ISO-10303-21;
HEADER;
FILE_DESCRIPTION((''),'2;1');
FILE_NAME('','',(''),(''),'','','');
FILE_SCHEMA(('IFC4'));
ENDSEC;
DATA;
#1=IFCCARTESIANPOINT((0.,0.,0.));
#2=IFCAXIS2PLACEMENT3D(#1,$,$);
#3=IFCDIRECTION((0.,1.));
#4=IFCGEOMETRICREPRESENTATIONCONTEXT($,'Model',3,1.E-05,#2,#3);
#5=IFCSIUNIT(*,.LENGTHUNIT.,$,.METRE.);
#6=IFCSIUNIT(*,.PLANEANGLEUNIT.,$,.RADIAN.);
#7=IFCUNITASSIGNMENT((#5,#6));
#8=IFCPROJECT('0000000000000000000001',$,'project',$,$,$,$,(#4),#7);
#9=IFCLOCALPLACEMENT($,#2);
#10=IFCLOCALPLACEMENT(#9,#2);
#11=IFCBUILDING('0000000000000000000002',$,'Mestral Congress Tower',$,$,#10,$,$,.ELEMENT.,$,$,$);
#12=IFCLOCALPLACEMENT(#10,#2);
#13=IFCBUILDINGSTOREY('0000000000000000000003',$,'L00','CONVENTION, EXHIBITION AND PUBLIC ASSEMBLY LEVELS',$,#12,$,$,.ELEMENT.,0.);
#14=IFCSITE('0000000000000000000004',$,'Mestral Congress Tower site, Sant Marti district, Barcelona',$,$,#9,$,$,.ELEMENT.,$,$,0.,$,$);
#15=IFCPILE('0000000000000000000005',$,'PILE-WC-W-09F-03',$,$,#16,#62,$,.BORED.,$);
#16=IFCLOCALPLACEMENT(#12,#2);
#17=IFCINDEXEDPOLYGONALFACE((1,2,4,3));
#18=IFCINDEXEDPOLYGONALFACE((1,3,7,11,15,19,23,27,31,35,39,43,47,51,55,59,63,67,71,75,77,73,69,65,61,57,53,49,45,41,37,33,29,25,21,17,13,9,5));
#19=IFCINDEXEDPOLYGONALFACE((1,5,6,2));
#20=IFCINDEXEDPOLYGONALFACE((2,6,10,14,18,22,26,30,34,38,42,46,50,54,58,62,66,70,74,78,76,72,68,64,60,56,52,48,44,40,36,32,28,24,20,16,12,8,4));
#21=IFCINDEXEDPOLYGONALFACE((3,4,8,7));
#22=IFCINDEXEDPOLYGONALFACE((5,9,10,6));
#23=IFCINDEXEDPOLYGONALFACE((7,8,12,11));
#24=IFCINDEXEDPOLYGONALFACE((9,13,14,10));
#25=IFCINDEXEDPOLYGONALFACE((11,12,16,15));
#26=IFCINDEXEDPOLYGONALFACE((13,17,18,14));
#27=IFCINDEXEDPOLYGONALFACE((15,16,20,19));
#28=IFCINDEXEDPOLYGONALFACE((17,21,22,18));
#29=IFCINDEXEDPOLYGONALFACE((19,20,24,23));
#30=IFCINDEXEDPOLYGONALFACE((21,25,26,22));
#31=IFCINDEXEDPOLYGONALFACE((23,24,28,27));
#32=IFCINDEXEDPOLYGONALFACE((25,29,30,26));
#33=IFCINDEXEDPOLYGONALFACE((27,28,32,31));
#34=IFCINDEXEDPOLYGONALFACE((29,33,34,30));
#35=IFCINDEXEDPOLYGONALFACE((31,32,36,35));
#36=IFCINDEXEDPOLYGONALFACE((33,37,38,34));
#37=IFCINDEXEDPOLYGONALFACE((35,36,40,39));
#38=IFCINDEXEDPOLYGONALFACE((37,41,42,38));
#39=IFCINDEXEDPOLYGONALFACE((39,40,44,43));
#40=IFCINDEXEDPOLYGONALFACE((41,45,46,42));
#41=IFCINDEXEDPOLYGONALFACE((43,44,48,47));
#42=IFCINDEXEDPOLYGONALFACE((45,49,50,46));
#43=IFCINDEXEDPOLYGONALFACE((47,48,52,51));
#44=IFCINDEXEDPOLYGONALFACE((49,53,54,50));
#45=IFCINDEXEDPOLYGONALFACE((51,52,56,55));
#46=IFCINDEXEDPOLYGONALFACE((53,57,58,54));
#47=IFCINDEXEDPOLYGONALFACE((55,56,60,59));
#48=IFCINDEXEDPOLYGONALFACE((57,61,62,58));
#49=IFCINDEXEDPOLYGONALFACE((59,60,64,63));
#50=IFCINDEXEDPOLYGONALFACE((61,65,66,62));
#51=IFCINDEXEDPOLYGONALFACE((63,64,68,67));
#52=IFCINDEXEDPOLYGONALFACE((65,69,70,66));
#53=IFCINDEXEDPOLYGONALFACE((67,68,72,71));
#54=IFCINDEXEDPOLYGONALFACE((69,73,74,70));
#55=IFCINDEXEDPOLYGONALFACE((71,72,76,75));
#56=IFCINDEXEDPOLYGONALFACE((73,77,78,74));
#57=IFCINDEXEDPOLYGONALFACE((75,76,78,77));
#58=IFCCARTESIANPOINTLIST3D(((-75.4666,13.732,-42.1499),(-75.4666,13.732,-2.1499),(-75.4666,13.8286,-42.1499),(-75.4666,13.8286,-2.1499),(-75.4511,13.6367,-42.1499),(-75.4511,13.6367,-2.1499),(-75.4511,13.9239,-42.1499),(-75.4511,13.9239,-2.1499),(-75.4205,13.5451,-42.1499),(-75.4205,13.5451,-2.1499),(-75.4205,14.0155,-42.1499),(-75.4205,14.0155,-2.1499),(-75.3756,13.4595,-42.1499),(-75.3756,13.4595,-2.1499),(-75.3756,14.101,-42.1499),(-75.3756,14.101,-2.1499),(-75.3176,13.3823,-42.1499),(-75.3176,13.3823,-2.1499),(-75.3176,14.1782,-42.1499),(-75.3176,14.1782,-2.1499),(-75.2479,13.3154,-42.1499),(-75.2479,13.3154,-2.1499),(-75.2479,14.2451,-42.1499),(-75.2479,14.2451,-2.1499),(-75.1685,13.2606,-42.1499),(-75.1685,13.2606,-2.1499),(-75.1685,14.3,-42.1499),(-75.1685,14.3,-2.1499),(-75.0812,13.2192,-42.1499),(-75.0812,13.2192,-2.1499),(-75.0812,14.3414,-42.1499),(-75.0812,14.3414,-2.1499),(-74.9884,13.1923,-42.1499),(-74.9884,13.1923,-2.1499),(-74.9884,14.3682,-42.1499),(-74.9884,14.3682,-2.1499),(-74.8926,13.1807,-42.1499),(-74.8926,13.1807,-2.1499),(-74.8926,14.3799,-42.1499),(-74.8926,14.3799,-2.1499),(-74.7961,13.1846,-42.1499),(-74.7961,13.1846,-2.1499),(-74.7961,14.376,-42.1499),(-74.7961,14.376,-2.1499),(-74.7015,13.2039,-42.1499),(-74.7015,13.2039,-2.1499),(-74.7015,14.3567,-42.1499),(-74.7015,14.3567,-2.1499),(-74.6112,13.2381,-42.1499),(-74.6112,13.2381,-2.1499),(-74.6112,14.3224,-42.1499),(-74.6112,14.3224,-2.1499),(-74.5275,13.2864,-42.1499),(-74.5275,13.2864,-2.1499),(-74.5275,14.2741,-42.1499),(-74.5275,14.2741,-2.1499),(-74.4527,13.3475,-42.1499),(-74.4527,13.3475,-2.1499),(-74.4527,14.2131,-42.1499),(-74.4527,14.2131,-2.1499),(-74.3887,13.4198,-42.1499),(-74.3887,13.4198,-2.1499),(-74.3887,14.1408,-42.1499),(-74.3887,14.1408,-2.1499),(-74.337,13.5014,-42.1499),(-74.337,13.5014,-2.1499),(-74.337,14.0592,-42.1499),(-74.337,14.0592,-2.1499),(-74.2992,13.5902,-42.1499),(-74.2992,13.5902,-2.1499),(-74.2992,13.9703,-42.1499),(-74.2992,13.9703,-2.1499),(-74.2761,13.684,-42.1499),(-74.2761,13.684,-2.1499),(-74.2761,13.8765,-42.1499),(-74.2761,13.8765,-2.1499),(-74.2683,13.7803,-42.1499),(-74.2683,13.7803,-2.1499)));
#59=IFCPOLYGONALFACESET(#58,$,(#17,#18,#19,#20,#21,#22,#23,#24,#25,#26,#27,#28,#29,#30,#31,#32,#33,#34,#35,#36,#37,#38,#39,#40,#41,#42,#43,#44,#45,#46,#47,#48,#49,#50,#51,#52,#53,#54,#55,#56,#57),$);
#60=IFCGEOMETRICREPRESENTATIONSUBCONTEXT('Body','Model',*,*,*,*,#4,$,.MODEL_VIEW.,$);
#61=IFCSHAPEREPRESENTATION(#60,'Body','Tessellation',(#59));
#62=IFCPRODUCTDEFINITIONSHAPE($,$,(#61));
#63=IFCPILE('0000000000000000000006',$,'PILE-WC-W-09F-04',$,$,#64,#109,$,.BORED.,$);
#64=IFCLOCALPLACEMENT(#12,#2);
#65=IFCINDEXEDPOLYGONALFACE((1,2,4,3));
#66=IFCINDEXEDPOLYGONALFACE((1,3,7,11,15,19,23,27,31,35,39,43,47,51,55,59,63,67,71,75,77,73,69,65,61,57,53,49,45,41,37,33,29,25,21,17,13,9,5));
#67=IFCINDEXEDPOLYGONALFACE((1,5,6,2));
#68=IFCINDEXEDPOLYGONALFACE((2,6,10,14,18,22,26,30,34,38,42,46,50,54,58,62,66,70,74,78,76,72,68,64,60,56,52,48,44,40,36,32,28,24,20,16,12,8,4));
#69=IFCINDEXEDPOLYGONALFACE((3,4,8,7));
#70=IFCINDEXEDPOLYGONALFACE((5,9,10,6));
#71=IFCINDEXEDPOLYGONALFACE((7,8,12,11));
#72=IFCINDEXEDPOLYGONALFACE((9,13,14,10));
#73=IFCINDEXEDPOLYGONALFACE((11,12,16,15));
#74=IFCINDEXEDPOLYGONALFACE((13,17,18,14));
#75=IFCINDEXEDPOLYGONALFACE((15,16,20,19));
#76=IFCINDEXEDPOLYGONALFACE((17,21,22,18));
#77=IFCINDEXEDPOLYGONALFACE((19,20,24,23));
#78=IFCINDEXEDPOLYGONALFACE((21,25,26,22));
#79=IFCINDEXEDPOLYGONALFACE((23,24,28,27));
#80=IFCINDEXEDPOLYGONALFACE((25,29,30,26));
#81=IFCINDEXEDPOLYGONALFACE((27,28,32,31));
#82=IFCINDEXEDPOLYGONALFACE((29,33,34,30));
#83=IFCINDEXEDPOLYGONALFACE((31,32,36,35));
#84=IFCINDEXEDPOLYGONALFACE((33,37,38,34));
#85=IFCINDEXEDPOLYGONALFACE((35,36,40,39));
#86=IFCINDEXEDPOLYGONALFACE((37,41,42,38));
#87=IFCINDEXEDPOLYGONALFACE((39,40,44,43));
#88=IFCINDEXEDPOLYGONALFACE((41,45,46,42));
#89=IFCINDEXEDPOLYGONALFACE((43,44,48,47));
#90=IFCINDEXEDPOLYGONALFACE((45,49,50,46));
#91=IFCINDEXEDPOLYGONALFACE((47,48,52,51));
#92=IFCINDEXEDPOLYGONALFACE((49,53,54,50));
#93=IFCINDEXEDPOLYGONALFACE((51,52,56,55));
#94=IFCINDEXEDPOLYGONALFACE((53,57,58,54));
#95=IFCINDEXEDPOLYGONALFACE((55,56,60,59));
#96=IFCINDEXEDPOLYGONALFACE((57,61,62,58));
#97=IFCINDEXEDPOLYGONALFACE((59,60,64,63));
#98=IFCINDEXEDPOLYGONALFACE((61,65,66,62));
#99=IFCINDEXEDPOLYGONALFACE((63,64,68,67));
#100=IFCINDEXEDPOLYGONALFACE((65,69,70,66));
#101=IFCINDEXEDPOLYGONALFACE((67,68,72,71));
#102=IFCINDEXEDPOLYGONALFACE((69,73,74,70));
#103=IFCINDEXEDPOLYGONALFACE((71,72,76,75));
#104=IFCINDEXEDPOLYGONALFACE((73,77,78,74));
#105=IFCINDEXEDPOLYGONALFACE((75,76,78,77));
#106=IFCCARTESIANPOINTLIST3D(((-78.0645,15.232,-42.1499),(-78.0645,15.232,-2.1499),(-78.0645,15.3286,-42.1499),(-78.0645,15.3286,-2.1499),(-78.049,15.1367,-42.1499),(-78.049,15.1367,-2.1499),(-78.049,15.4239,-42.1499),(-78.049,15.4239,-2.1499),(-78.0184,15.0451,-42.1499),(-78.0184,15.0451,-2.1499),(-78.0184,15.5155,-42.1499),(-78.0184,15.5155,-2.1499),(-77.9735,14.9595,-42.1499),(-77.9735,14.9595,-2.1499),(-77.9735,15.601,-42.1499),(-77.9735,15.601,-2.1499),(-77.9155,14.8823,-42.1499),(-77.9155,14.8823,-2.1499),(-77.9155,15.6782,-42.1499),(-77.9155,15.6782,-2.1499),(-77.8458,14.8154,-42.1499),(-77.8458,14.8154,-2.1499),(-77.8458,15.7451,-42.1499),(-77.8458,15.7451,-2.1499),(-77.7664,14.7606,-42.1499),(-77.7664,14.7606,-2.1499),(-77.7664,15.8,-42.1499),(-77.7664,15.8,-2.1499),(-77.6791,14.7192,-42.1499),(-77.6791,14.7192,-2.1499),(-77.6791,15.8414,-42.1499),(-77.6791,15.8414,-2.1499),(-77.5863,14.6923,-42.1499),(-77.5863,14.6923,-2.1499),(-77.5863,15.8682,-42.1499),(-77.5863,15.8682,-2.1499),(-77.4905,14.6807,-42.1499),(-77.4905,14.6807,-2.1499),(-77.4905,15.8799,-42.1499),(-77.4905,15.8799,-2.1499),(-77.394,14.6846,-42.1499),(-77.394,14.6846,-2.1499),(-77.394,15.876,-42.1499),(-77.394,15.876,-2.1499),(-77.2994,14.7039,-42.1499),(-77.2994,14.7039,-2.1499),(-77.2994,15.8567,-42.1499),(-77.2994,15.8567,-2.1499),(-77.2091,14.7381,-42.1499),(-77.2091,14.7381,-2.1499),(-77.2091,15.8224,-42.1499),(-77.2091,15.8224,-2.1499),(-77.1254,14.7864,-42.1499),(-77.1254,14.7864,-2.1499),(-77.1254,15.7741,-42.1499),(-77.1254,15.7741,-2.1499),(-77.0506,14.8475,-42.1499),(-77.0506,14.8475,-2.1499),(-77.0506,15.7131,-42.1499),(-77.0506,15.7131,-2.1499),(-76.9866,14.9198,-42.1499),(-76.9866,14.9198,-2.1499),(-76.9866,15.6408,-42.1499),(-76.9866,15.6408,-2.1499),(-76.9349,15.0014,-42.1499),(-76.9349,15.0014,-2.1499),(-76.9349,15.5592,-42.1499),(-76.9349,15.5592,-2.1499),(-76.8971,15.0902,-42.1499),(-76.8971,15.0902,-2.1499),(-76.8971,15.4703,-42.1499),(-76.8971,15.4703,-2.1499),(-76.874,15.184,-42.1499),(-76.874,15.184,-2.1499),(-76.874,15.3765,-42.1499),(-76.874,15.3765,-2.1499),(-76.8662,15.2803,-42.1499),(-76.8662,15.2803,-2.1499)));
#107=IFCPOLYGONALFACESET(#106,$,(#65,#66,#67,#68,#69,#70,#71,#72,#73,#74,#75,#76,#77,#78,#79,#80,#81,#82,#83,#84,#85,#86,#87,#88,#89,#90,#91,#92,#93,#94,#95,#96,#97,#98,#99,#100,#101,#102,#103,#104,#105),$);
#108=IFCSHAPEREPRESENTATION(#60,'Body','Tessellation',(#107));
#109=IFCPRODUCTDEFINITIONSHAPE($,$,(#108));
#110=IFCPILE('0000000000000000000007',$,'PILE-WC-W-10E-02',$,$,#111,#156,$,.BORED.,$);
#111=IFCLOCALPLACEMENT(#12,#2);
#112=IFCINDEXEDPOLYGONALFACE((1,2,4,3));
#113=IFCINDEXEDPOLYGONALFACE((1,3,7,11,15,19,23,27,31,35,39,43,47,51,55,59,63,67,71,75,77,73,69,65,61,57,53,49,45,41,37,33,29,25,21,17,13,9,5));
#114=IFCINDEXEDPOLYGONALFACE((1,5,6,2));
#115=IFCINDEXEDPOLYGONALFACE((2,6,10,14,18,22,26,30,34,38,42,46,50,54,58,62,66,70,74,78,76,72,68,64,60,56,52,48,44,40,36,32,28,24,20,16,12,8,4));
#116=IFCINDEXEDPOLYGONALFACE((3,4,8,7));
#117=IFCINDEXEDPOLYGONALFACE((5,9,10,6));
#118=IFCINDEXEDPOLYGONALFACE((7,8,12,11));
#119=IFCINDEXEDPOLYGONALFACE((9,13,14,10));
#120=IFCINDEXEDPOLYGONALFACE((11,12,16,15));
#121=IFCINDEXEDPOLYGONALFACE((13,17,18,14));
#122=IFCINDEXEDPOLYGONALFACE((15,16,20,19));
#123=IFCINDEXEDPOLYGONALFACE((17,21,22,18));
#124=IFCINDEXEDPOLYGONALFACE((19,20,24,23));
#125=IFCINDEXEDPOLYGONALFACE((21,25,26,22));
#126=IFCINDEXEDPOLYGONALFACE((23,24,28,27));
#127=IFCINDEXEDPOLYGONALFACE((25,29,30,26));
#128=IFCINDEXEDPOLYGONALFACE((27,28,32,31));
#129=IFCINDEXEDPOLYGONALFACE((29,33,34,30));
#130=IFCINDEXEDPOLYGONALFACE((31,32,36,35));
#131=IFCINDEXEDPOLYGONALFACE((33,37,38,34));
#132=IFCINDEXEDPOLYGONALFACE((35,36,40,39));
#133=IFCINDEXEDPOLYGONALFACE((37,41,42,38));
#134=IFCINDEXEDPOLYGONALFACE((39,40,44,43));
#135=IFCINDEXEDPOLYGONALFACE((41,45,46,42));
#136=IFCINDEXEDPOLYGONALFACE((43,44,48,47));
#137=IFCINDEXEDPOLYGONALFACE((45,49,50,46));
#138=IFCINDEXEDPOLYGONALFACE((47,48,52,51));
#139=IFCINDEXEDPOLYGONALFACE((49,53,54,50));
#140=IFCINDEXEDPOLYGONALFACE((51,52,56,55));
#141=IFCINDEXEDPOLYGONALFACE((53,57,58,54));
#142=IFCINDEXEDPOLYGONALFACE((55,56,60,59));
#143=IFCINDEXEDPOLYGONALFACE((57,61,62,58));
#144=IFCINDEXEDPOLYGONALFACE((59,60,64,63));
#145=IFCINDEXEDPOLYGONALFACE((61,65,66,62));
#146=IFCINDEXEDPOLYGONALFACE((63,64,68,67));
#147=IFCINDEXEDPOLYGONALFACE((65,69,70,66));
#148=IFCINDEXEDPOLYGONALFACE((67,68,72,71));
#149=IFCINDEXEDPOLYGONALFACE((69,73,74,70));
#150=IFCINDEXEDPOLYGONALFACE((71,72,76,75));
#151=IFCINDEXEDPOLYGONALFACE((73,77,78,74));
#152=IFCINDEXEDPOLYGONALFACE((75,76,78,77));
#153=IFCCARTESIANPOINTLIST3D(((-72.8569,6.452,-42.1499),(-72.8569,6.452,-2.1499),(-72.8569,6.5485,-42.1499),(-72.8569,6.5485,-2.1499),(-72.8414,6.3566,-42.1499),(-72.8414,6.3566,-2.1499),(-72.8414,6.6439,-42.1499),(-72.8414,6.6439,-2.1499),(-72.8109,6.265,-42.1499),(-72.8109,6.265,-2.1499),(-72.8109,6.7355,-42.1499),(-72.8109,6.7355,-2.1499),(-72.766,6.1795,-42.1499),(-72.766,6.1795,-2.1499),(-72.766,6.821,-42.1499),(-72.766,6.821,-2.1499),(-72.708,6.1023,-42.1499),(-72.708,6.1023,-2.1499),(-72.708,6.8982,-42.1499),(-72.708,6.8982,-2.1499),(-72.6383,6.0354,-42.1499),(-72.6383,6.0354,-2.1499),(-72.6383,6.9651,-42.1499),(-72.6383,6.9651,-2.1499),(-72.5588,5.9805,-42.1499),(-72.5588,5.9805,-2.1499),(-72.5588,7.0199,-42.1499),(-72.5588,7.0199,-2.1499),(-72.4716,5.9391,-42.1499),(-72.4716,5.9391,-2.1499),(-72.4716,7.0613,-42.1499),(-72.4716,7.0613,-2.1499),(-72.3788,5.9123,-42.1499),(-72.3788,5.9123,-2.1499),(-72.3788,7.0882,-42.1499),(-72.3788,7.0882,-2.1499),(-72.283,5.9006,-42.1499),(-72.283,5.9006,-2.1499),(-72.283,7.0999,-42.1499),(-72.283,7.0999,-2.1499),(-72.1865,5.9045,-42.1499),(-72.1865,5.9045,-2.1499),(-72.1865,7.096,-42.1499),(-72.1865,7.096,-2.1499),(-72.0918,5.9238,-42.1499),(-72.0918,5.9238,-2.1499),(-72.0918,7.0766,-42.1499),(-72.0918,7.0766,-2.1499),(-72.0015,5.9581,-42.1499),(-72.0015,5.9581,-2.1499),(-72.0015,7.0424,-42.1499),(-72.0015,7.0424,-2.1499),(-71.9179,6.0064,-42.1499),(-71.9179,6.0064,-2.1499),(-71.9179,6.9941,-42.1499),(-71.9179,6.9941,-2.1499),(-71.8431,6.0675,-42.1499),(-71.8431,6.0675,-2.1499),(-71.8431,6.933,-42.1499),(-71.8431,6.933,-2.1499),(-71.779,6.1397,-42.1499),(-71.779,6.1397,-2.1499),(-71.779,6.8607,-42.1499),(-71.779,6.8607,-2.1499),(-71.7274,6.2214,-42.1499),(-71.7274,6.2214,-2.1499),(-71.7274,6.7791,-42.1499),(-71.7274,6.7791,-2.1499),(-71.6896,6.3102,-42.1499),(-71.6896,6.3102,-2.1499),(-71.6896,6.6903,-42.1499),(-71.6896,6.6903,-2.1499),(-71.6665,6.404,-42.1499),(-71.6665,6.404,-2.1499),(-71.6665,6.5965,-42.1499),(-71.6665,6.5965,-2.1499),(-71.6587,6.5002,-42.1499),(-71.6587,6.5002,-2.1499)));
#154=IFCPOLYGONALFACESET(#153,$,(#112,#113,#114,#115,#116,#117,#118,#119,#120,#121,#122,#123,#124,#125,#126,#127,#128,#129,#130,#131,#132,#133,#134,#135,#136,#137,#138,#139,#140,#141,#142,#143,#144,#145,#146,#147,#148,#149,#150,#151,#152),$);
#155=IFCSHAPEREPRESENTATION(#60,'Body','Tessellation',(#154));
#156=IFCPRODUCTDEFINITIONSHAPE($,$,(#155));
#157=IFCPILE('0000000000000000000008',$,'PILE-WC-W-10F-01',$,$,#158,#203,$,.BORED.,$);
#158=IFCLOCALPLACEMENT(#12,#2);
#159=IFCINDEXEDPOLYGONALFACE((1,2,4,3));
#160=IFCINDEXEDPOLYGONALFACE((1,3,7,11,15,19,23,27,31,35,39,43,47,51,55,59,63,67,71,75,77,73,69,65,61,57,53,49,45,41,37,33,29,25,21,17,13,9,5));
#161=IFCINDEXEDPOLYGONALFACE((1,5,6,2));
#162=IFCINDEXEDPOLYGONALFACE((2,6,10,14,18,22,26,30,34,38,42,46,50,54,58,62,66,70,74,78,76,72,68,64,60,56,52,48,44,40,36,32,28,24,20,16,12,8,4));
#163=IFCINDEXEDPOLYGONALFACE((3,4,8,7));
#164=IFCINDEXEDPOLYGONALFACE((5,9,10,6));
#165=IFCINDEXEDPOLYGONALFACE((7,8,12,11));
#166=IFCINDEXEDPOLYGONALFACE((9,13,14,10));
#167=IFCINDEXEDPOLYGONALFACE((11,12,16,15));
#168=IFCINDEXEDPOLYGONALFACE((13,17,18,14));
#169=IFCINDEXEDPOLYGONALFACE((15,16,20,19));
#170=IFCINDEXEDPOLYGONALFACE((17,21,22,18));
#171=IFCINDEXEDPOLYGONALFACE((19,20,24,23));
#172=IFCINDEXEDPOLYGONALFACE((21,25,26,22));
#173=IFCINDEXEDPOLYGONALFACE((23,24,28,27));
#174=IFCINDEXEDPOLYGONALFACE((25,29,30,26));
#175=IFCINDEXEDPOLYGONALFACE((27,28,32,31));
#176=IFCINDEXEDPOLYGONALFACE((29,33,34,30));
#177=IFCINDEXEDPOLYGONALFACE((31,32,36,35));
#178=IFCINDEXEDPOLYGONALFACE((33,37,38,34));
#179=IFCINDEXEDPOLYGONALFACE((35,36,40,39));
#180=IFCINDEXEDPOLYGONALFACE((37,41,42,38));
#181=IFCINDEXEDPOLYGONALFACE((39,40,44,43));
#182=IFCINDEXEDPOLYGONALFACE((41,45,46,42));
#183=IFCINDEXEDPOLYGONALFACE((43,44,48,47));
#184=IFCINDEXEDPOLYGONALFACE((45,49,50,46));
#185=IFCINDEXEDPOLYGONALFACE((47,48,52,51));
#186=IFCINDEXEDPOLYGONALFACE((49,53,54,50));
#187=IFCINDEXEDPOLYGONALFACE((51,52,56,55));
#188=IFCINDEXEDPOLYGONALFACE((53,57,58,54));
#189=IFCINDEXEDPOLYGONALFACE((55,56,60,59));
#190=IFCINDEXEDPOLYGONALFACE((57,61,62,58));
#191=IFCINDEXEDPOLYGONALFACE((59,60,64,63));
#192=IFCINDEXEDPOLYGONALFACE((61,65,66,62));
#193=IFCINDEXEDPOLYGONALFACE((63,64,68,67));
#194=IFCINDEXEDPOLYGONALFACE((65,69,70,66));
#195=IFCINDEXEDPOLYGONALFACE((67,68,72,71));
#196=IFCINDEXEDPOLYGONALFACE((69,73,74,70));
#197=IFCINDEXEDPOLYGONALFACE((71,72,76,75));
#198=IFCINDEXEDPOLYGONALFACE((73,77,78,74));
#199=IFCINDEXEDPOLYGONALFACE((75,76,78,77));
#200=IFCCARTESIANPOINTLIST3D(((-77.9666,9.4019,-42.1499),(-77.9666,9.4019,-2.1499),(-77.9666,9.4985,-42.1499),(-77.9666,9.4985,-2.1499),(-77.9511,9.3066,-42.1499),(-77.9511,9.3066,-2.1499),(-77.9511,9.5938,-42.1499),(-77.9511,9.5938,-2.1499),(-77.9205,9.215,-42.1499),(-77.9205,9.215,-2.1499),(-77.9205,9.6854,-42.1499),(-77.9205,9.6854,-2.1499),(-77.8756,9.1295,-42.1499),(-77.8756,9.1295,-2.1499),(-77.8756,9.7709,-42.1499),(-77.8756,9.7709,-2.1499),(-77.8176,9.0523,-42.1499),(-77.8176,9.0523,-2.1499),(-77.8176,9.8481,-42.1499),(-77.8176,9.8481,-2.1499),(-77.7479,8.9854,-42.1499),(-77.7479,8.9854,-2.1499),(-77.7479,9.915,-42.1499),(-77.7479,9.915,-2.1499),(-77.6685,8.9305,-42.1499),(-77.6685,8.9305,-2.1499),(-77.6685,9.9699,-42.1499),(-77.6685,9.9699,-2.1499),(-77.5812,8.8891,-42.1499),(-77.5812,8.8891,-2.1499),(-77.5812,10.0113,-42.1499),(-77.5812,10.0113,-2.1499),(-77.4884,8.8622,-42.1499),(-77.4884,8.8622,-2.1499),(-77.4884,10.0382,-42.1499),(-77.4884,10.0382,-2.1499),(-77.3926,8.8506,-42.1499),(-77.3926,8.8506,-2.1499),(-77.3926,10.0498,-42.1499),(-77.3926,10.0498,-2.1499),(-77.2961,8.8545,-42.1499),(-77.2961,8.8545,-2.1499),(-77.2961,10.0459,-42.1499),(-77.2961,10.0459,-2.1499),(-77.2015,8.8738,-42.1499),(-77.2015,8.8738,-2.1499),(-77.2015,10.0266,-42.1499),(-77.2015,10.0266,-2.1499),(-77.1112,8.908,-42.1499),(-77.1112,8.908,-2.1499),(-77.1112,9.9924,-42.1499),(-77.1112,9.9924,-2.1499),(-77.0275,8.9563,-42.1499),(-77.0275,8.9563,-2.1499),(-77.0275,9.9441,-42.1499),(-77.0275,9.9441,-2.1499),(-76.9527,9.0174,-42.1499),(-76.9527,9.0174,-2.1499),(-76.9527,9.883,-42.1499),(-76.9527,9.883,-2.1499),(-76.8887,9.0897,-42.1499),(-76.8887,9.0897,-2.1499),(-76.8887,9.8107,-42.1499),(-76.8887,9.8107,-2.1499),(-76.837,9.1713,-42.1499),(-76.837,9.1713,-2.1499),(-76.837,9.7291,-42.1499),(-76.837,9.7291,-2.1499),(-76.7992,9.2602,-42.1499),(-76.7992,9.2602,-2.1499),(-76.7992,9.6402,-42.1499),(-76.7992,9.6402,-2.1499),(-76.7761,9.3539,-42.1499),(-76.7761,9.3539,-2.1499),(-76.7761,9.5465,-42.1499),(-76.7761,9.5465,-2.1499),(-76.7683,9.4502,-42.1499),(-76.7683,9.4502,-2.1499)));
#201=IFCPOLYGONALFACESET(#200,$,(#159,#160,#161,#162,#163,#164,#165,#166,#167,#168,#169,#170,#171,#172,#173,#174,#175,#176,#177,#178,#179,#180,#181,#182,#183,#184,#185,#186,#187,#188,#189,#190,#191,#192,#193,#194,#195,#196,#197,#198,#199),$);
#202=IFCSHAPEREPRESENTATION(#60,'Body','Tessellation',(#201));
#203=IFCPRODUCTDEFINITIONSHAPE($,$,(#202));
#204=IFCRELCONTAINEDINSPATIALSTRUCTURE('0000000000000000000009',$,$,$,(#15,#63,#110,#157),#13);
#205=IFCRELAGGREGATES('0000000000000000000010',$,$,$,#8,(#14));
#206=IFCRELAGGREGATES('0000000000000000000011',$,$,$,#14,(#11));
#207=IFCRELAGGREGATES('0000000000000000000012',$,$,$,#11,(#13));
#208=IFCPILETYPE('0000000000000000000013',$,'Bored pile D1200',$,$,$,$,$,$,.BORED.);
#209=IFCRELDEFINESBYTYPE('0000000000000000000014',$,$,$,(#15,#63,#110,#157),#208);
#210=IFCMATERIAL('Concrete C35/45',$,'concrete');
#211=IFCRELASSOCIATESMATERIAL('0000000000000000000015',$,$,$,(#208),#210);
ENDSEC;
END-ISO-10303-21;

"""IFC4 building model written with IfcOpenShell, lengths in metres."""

from ifc_helpers import new_model, si_unit, direction, frame, origin, origin_2d, place, context, subcontext, project, spatial, circle, extrude, material, material_profile, profile_set, type_object, element, save


model = new_model("IFC4")

# Units and contexts
model_context = context("Model", 3, precision=1e-05, world=origin(), true_north=direction((0.0, 1.0)))
body_context = subcontext(model_context, "Body", "Model", "MODEL_VIEW")
ifc_project = project(units=[si_unit("LENGTHUNIT", "METRE"), si_unit("PLANEANGLEUNIT", "RADIAN")], contexts=[model_context])

# Site, building, storey
site_placement = place(None, origin())
site = spatial("IfcSite", under=ifc_project, at=site_placement, Name="Mestral Congress Tower site, Sant Marti district, Barcelona", CompositionType="ELEMENT", RefElevation=0.0)
building_placement = place(site_placement, origin())
building = spatial("IfcBuilding", under=site, at=building_placement, Name="Mestral Congress Tower", CompositionType="ELEMENT")
storey_placement = place(building_placement, origin())
storey = spatial("IfcBuildingStorey", under=building, at=storey_placement, Name="L00", Description="CONVENTION, EXHIBITION AND PUBLIC ASSEMBLY LEVELS", CompositionType="ELEMENT", Elevation=0.0)

# Piles
ifc_material_1 = material(Name="Concrete C35/45", Category="concrete")
ifc_material_profile_1 = material_profile(ifc_material_1, circle(Radius=0.6001, at=origin_2d()), Name="D1200")
ifc_profile_set_1 = profile_set([ifc_material_profile_1], Name="Concrete C35/45")
pile_type = type_object("IfcPileType", Name="Bored pile D1200", PredefinedType="BORED", material=ifc_profile_set_1)
for number, where, z_axis, x_axis, name in (
    (1, (-74.8684, 13.7803, -2.1499), (0.0, 0.0, -1.0), (1.0, 0.0, 0.0), "PILE-WC-W-09F-03"),
    (2, (-77.4663, 15.2803, -2.1499), (0.0, 0.0, -1.0), (1.0, 0.0, 0.0), "PILE-WC-W-09F-04"),
    (3, (-72.2588, 6.5002, -2.1499), (0.0, 0.0, -1.0), (1.0, 0.0, 0.0), "PILE-WC-W-10E-02"),
    (4, (-77.3684, 9.4502, -2.1499), (0.0, 0.0, -1.0), (1.0, 0.0, 0.0), "PILE-WC-W-10F-01"),
):
    element("IfcPile", number, at=place(storey_placement, frame(where, z_axis=z_axis, x_axis=x_axis)), inside=storey, type_object=pile_type, Name=name, PredefinedType="BORED", context=body_context, shape_type="SweptSolid", body=[
        extrude(circle(Radius=0.6001, at=origin_2d()), origin(), (0.0, 0.0, 1.0), 40.0),
    ])

save(model, "model.ifc")
